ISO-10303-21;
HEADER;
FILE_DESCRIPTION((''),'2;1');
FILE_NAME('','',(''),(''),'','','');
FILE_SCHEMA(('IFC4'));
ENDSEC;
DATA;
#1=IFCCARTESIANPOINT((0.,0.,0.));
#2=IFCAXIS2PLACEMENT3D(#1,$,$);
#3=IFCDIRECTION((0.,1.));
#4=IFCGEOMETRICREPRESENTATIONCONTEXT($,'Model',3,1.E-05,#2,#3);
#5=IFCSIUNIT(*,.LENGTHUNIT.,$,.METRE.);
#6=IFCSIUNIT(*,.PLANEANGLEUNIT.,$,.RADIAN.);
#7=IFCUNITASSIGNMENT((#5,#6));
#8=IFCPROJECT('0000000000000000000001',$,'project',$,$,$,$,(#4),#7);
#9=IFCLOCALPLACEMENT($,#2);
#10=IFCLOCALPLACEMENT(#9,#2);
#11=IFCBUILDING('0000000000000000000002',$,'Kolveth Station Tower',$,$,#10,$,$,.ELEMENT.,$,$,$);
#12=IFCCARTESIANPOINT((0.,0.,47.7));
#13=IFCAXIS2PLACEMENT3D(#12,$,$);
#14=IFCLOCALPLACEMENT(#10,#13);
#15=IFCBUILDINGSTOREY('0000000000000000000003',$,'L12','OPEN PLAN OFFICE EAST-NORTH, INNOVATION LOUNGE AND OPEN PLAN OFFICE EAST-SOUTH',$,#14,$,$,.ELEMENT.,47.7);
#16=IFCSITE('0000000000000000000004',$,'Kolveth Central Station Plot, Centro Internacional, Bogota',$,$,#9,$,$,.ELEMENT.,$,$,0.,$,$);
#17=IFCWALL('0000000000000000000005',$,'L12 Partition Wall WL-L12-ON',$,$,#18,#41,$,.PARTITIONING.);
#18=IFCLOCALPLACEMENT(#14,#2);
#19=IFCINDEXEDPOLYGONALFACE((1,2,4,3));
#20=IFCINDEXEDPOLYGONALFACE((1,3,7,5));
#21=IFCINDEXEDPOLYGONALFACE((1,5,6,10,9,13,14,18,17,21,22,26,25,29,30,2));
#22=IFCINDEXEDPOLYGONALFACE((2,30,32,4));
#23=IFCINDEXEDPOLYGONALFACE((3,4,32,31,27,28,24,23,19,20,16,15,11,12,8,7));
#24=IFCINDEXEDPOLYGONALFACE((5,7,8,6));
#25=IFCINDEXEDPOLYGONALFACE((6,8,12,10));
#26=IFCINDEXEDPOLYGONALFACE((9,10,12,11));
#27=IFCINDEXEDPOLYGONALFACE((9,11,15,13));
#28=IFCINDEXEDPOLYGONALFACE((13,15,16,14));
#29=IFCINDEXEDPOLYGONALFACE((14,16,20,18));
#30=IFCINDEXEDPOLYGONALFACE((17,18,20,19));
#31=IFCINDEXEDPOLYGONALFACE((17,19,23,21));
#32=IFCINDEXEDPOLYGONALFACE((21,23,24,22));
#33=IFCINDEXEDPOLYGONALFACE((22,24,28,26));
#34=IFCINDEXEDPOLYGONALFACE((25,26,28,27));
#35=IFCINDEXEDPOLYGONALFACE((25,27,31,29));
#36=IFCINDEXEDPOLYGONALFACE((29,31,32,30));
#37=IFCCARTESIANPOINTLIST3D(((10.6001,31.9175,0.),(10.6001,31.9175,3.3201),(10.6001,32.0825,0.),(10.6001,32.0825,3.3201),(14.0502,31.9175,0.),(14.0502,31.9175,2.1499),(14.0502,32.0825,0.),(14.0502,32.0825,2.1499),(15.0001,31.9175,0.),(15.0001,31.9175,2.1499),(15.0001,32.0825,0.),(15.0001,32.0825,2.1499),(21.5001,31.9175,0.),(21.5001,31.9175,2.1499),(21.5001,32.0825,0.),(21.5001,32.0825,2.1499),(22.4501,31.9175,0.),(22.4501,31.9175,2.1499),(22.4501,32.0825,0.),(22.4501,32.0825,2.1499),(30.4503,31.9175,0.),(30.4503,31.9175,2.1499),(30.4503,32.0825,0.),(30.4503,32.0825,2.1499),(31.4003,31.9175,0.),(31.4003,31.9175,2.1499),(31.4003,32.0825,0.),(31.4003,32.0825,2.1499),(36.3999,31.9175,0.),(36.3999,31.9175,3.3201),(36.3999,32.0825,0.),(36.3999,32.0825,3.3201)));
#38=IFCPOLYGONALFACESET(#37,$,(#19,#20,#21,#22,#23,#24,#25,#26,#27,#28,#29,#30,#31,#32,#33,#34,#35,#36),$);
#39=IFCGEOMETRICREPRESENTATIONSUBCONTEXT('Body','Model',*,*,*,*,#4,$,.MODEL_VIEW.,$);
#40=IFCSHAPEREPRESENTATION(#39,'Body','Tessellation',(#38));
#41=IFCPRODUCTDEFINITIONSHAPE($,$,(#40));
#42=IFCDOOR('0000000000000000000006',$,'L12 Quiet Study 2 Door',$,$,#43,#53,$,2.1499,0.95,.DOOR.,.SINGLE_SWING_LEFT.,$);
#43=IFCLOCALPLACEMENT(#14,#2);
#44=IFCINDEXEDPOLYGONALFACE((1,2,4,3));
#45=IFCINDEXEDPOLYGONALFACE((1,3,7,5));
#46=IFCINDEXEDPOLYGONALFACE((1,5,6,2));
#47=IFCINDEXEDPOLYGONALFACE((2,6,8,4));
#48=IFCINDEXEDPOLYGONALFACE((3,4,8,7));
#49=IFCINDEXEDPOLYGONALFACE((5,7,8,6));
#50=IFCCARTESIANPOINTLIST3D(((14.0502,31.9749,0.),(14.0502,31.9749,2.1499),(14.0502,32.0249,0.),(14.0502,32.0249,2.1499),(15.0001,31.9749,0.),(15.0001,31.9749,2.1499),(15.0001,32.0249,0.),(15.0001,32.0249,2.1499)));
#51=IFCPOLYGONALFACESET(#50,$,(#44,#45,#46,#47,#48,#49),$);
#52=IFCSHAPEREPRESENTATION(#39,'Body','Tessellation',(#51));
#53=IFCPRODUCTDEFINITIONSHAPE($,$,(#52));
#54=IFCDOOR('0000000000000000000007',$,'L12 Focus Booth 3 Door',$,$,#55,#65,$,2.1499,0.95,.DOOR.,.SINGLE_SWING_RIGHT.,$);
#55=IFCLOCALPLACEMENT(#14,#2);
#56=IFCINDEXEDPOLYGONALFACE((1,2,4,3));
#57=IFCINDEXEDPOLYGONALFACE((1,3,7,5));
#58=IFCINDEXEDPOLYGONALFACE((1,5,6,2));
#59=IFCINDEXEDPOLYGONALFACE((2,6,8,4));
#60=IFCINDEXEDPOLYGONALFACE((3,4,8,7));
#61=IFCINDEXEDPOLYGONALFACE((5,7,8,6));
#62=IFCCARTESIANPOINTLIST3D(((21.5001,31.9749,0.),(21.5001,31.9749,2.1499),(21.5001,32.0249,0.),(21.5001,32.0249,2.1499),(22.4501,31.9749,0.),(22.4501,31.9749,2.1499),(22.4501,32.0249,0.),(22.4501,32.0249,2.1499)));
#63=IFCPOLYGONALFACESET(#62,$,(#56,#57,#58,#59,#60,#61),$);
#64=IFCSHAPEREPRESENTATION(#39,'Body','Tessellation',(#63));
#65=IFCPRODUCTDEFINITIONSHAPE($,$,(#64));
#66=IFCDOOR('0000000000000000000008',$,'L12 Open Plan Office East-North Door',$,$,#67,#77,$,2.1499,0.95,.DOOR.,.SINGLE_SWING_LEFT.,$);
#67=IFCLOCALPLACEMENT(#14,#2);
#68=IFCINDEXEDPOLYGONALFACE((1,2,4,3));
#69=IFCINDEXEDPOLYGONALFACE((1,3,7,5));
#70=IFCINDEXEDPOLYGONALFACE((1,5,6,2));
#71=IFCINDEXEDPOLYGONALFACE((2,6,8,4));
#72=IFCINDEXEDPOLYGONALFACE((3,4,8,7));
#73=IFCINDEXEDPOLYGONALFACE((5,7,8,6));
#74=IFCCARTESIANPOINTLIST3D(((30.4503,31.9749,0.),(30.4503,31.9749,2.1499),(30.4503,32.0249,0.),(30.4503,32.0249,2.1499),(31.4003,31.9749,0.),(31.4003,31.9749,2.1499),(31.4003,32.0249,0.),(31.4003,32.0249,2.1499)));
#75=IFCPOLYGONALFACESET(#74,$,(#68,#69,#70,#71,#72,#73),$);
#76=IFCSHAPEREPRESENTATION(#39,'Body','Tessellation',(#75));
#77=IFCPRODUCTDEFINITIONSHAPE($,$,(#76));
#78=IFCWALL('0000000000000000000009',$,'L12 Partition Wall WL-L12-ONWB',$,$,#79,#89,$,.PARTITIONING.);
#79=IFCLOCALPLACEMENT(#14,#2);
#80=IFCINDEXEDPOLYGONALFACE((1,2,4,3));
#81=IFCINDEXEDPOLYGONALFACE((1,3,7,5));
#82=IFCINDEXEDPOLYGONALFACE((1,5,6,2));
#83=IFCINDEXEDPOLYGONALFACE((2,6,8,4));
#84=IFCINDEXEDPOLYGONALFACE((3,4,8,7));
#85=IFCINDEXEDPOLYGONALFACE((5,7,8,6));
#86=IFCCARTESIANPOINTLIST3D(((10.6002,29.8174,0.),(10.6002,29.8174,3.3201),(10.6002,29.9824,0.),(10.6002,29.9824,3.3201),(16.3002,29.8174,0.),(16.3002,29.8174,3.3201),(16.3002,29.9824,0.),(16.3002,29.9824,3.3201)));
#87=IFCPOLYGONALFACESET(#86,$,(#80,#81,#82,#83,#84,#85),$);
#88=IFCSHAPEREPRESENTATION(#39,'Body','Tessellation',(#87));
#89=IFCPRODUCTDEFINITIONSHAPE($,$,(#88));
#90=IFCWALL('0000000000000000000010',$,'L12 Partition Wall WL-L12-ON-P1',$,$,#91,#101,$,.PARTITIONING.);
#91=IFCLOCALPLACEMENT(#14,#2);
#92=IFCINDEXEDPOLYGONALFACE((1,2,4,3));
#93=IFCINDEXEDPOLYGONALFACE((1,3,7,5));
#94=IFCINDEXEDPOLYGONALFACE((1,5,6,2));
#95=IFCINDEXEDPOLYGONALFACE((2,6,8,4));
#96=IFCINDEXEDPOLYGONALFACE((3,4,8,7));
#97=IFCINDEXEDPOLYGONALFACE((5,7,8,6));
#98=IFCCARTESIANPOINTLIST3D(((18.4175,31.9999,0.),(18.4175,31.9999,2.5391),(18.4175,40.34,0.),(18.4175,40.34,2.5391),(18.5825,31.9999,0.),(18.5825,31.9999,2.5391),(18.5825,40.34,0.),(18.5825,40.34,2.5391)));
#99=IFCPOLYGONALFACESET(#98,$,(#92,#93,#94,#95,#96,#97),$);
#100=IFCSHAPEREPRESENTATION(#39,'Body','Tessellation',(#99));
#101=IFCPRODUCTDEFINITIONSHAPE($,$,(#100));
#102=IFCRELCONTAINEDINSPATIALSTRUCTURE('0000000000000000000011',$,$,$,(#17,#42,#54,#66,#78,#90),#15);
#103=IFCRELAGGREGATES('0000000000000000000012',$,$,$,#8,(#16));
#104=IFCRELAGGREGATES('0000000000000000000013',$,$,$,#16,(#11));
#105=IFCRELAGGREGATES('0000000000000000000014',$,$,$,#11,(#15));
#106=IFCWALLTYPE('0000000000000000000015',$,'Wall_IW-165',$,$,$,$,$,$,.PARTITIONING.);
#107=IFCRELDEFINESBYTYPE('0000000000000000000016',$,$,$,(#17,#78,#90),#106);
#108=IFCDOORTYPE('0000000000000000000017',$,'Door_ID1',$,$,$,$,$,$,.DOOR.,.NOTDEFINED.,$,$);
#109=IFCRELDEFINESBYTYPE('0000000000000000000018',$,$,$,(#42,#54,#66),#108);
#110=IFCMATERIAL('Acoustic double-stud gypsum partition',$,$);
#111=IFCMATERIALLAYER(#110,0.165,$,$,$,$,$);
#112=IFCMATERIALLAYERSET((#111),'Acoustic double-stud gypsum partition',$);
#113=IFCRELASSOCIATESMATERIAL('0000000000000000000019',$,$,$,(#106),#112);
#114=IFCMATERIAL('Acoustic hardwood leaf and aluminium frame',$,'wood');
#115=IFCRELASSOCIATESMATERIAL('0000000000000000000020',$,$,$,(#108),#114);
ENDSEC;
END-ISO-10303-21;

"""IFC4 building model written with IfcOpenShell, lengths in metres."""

from ifc_helpers import new_model, si_unit, direction, frame, frame_2d, origin, place, context, subcontext, project, spatial, rectangle, extrude, material, layer, layer_set, type_object, element, fill, save


model = new_model("IFC4")

# Units and contexts
model_context = context("Model", 3, precision=1e-05, world=origin(), true_north=direction((0.0, 1.0)))
body_context = subcontext(model_context, "Body", "Model", "MODEL_VIEW")
ifc_project = project(units=[si_unit("LENGTHUNIT", "METRE"), si_unit("PLANEANGLEUNIT", "RADIAN")], contexts=[model_context])

# Site, building, storey
site_placement = place(None, origin())
site = spatial("IfcSite", under=ifc_project, at=site_placement, Name="Kolveth Central Station Plot, Centro Internacional, Bogota", CompositionType="ELEMENT", RefElevation=0.0)
building_placement = place(site_placement, origin())
building = spatial("IfcBuilding", under=site, at=building_placement, Name="Kolveth Station Tower", CompositionType="ELEMENT")
storey_placement = place(building_placement, frame((0.0, 0.0, 47.7)))
storey = spatial("IfcBuildingStorey", under=building, at=storey_placement, Name="L12", Description="OPEN PLAN OFFICE EAST-NORTH, INNOVATION LOUNGE AND OPEN PLAN OFFICE EAST-SOUTH", CompositionType="ELEMENT", Elevation=47.7)

# Wall, openings, doors
ifc_material_1 = material(Name="Acoustic double-stud gypsum partition")
ifc_layer_1 = layer(ifc_material_1, 0.165)
ifc_layer_set_1 = layer_set([ifc_layer_1], Name="Acoustic double-stud gypsum partition")
wall_type = type_object("IfcWallType", Name="Wall_IW-165", PredefinedType="PARTITIONING", material=ifc_layer_set_1)
wall_1_placement = place(storey_placement, frame((10.6001, 32.0, 0.0), z_axis=(0.0, 0.0, 1.0), x_axis=(1.0, 0.0, 0.0)))
wall_1 = element("IfcWall", 1, at=wall_1_placement, inside=storey, type_object=wall_type, Name="L12 Partition Wall WL-L12-ON", PredefinedType="PARTITIONING", context=body_context, shape_type="SweptSolid", body=[
    extrude(rectangle(XDim=25.7998, YDim=0.165, at=frame_2d((12.8999, 0.0))), origin(), (0.0, 0.0, 1.0), 3.3201),
])
opening_1_placement = place(wall_1_placement, frame((3.45, 0.0, 0.0)))
opening_1 = element("IfcOpeningElement", 2, at=opening_1_placement, cuts=wall_1, PredefinedType="OPENING", context=body_context, shape_type="SweptSolid", body=[
    extrude(rectangle(XDim=0.95, YDim=2.1499, at=frame_2d((0.4751, 1.075))), frame((0.0, 0.0925, 0.0), z_axis=(0.0, -1.0, 0.0), x_axis=(1.0, 0.0, 0.0)), (0.0, 0.0, 1.0), 0.1851),
])
opening_2_placement = place(wall_1_placement, frame((10.8999, 0.0, 0.0)))
opening_2 = element("IfcOpeningElement", 3, at=opening_2_placement, cuts=wall_1, PredefinedType="OPENING", context=body_context, shape_type="SweptSolid", body=[
    extrude(rectangle(XDim=0.95, YDim=2.1499, at=frame_2d((0.4751, 1.075))), frame((0.0, 0.0925, 0.0), z_axis=(0.0, -1.0, 0.0), x_axis=(1.0, 0.0, 0.0)), (0.0, 0.0, 1.0), 0.1851),
])
opening_3_placement = place(wall_1_placement, frame((19.8501, 0.0, 0.0)))
opening_3 = element("IfcOpeningElement", 4, at=opening_3_placement, cuts=wall_1, PredefinedType="OPENING", context=body_context, shape_type="SweptSolid", body=[
    extrude(rectangle(XDim=0.95, YDim=2.1499, at=frame_2d((0.4751, 1.075))), frame((0.0, 0.0925, 0.0), z_axis=(0.0, -1.0, 0.0), x_axis=(1.0, 0.0, 0.0)), (0.0, 0.0, 1.0), 0.1851),
])
ifc_material_2 = material(Name="Acoustic hardwood leaf and aluminium frame", Category="wood")
door_type = type_object("IfcDoorType", Name="Door_ID1", OperationType="NOTDEFINED", PredefinedType="DOOR", material=ifc_material_2)
door_1_placement = place(opening_1_placement, origin())
door_1 = element("IfcDoor", 5, at=door_1_placement, inside=storey, type_object=door_type, Name="L12 Quiet Study 2 Door", OperationType="SINGLE_SWING_LEFT", OverallHeight=2.1499, OverallWidth=0.95, PredefinedType="DOOR", context=body_context, shape_type="SweptSolid", body=[
    extrude(rectangle(XDim=0.95, YDim=2.1499, at=frame_2d((0.4751, 1.075))), frame((0.0, 0.0249, 0.0), z_axis=(0.0, -1.0, 0.0), x_axis=(1.0, 0.0, 0.0)), (0.0, 0.0, 1.0), 0.05),
])
fill(opening_1, door_1)
door_2_placement = place(opening_2_placement, origin())
door_2 = element("IfcDoor", 6, at=door_2_placement, inside=storey, type_object=door_type, Name="L12 Focus Booth 3 Door", OperationType="SINGLE_SWING_RIGHT", OverallHeight=2.1499, OverallWidth=0.95, PredefinedType="DOOR", context=body_context, shape_type="SweptSolid", body=[
    extrude(rectangle(XDim=0.95, YDim=2.1499, at=frame_2d((0.4751, 1.075))), frame((0.0, 0.0249, 0.0), z_axis=(0.0, -1.0, 0.0), x_axis=(1.0, 0.0, 0.0)), (0.0, 0.0, 1.0), 0.05),
])
fill(opening_2, door_2)
door_3_placement = place(opening_3_placement, origin())
door_3 = element("IfcDoor", 7, at=door_3_placement, inside=storey, type_object=door_type, Name="L12 Open Plan Office East-North Door", OperationType="SINGLE_SWING_LEFT", OverallHeight=2.1499, OverallWidth=0.95, PredefinedType="DOOR", context=body_context, shape_type="SweptSolid", body=[
    extrude(rectangle(XDim=0.95, YDim=2.1499, at=frame_2d((0.4751, 1.075))), frame((0.0, 0.0249, 0.0), z_axis=(0.0, -1.0, 0.0), x_axis=(1.0, 0.0, 0.0)), (0.0, 0.0, 1.0), 0.05),
])
fill(opening_3, door_3)

# Walls
wall_2_placement = place(storey_placement, frame((10.6001, 29.8999, 0.0), z_axis=(0.0, 0.0, 1.0), x_axis=(1.0, 0.0, 0.0)))
element("IfcWall", 8, at=wall_2_placement, inside=storey, type_object=wall_type, Name="L12 Partition Wall WL-L12-ONWB", PredefinedType="PARTITIONING", context=body_context, shape_type="SweptSolid", body=[
    extrude(rectangle(XDim=5.7, YDim=0.165, at=frame_2d((2.8501, 0.0))), origin(), (0.0, 0.0, 1.0), 3.3201),
])
wall_3_placement = place(storey_placement, frame((18.5, 32.0, 0.0), z_axis=(0.0, 0.0, 1.0), x_axis=(0.0, 1.0, 0.0)))
element("IfcWall", 9, at=wall_3_placement, inside=storey, type_object=wall_type, Name="L12 Partition Wall WL-L12-ON-P1", PredefinedType="PARTITIONING", context=body_context, shape_type="SweptSolid", body=[
    extrude(rectangle(XDim=8.3401, YDim=0.165, at=frame_2d((4.1699, 0.0))), origin(), (0.0, 0.0, 1.0), 2.5391),
])

save(model, "model.ifc")
